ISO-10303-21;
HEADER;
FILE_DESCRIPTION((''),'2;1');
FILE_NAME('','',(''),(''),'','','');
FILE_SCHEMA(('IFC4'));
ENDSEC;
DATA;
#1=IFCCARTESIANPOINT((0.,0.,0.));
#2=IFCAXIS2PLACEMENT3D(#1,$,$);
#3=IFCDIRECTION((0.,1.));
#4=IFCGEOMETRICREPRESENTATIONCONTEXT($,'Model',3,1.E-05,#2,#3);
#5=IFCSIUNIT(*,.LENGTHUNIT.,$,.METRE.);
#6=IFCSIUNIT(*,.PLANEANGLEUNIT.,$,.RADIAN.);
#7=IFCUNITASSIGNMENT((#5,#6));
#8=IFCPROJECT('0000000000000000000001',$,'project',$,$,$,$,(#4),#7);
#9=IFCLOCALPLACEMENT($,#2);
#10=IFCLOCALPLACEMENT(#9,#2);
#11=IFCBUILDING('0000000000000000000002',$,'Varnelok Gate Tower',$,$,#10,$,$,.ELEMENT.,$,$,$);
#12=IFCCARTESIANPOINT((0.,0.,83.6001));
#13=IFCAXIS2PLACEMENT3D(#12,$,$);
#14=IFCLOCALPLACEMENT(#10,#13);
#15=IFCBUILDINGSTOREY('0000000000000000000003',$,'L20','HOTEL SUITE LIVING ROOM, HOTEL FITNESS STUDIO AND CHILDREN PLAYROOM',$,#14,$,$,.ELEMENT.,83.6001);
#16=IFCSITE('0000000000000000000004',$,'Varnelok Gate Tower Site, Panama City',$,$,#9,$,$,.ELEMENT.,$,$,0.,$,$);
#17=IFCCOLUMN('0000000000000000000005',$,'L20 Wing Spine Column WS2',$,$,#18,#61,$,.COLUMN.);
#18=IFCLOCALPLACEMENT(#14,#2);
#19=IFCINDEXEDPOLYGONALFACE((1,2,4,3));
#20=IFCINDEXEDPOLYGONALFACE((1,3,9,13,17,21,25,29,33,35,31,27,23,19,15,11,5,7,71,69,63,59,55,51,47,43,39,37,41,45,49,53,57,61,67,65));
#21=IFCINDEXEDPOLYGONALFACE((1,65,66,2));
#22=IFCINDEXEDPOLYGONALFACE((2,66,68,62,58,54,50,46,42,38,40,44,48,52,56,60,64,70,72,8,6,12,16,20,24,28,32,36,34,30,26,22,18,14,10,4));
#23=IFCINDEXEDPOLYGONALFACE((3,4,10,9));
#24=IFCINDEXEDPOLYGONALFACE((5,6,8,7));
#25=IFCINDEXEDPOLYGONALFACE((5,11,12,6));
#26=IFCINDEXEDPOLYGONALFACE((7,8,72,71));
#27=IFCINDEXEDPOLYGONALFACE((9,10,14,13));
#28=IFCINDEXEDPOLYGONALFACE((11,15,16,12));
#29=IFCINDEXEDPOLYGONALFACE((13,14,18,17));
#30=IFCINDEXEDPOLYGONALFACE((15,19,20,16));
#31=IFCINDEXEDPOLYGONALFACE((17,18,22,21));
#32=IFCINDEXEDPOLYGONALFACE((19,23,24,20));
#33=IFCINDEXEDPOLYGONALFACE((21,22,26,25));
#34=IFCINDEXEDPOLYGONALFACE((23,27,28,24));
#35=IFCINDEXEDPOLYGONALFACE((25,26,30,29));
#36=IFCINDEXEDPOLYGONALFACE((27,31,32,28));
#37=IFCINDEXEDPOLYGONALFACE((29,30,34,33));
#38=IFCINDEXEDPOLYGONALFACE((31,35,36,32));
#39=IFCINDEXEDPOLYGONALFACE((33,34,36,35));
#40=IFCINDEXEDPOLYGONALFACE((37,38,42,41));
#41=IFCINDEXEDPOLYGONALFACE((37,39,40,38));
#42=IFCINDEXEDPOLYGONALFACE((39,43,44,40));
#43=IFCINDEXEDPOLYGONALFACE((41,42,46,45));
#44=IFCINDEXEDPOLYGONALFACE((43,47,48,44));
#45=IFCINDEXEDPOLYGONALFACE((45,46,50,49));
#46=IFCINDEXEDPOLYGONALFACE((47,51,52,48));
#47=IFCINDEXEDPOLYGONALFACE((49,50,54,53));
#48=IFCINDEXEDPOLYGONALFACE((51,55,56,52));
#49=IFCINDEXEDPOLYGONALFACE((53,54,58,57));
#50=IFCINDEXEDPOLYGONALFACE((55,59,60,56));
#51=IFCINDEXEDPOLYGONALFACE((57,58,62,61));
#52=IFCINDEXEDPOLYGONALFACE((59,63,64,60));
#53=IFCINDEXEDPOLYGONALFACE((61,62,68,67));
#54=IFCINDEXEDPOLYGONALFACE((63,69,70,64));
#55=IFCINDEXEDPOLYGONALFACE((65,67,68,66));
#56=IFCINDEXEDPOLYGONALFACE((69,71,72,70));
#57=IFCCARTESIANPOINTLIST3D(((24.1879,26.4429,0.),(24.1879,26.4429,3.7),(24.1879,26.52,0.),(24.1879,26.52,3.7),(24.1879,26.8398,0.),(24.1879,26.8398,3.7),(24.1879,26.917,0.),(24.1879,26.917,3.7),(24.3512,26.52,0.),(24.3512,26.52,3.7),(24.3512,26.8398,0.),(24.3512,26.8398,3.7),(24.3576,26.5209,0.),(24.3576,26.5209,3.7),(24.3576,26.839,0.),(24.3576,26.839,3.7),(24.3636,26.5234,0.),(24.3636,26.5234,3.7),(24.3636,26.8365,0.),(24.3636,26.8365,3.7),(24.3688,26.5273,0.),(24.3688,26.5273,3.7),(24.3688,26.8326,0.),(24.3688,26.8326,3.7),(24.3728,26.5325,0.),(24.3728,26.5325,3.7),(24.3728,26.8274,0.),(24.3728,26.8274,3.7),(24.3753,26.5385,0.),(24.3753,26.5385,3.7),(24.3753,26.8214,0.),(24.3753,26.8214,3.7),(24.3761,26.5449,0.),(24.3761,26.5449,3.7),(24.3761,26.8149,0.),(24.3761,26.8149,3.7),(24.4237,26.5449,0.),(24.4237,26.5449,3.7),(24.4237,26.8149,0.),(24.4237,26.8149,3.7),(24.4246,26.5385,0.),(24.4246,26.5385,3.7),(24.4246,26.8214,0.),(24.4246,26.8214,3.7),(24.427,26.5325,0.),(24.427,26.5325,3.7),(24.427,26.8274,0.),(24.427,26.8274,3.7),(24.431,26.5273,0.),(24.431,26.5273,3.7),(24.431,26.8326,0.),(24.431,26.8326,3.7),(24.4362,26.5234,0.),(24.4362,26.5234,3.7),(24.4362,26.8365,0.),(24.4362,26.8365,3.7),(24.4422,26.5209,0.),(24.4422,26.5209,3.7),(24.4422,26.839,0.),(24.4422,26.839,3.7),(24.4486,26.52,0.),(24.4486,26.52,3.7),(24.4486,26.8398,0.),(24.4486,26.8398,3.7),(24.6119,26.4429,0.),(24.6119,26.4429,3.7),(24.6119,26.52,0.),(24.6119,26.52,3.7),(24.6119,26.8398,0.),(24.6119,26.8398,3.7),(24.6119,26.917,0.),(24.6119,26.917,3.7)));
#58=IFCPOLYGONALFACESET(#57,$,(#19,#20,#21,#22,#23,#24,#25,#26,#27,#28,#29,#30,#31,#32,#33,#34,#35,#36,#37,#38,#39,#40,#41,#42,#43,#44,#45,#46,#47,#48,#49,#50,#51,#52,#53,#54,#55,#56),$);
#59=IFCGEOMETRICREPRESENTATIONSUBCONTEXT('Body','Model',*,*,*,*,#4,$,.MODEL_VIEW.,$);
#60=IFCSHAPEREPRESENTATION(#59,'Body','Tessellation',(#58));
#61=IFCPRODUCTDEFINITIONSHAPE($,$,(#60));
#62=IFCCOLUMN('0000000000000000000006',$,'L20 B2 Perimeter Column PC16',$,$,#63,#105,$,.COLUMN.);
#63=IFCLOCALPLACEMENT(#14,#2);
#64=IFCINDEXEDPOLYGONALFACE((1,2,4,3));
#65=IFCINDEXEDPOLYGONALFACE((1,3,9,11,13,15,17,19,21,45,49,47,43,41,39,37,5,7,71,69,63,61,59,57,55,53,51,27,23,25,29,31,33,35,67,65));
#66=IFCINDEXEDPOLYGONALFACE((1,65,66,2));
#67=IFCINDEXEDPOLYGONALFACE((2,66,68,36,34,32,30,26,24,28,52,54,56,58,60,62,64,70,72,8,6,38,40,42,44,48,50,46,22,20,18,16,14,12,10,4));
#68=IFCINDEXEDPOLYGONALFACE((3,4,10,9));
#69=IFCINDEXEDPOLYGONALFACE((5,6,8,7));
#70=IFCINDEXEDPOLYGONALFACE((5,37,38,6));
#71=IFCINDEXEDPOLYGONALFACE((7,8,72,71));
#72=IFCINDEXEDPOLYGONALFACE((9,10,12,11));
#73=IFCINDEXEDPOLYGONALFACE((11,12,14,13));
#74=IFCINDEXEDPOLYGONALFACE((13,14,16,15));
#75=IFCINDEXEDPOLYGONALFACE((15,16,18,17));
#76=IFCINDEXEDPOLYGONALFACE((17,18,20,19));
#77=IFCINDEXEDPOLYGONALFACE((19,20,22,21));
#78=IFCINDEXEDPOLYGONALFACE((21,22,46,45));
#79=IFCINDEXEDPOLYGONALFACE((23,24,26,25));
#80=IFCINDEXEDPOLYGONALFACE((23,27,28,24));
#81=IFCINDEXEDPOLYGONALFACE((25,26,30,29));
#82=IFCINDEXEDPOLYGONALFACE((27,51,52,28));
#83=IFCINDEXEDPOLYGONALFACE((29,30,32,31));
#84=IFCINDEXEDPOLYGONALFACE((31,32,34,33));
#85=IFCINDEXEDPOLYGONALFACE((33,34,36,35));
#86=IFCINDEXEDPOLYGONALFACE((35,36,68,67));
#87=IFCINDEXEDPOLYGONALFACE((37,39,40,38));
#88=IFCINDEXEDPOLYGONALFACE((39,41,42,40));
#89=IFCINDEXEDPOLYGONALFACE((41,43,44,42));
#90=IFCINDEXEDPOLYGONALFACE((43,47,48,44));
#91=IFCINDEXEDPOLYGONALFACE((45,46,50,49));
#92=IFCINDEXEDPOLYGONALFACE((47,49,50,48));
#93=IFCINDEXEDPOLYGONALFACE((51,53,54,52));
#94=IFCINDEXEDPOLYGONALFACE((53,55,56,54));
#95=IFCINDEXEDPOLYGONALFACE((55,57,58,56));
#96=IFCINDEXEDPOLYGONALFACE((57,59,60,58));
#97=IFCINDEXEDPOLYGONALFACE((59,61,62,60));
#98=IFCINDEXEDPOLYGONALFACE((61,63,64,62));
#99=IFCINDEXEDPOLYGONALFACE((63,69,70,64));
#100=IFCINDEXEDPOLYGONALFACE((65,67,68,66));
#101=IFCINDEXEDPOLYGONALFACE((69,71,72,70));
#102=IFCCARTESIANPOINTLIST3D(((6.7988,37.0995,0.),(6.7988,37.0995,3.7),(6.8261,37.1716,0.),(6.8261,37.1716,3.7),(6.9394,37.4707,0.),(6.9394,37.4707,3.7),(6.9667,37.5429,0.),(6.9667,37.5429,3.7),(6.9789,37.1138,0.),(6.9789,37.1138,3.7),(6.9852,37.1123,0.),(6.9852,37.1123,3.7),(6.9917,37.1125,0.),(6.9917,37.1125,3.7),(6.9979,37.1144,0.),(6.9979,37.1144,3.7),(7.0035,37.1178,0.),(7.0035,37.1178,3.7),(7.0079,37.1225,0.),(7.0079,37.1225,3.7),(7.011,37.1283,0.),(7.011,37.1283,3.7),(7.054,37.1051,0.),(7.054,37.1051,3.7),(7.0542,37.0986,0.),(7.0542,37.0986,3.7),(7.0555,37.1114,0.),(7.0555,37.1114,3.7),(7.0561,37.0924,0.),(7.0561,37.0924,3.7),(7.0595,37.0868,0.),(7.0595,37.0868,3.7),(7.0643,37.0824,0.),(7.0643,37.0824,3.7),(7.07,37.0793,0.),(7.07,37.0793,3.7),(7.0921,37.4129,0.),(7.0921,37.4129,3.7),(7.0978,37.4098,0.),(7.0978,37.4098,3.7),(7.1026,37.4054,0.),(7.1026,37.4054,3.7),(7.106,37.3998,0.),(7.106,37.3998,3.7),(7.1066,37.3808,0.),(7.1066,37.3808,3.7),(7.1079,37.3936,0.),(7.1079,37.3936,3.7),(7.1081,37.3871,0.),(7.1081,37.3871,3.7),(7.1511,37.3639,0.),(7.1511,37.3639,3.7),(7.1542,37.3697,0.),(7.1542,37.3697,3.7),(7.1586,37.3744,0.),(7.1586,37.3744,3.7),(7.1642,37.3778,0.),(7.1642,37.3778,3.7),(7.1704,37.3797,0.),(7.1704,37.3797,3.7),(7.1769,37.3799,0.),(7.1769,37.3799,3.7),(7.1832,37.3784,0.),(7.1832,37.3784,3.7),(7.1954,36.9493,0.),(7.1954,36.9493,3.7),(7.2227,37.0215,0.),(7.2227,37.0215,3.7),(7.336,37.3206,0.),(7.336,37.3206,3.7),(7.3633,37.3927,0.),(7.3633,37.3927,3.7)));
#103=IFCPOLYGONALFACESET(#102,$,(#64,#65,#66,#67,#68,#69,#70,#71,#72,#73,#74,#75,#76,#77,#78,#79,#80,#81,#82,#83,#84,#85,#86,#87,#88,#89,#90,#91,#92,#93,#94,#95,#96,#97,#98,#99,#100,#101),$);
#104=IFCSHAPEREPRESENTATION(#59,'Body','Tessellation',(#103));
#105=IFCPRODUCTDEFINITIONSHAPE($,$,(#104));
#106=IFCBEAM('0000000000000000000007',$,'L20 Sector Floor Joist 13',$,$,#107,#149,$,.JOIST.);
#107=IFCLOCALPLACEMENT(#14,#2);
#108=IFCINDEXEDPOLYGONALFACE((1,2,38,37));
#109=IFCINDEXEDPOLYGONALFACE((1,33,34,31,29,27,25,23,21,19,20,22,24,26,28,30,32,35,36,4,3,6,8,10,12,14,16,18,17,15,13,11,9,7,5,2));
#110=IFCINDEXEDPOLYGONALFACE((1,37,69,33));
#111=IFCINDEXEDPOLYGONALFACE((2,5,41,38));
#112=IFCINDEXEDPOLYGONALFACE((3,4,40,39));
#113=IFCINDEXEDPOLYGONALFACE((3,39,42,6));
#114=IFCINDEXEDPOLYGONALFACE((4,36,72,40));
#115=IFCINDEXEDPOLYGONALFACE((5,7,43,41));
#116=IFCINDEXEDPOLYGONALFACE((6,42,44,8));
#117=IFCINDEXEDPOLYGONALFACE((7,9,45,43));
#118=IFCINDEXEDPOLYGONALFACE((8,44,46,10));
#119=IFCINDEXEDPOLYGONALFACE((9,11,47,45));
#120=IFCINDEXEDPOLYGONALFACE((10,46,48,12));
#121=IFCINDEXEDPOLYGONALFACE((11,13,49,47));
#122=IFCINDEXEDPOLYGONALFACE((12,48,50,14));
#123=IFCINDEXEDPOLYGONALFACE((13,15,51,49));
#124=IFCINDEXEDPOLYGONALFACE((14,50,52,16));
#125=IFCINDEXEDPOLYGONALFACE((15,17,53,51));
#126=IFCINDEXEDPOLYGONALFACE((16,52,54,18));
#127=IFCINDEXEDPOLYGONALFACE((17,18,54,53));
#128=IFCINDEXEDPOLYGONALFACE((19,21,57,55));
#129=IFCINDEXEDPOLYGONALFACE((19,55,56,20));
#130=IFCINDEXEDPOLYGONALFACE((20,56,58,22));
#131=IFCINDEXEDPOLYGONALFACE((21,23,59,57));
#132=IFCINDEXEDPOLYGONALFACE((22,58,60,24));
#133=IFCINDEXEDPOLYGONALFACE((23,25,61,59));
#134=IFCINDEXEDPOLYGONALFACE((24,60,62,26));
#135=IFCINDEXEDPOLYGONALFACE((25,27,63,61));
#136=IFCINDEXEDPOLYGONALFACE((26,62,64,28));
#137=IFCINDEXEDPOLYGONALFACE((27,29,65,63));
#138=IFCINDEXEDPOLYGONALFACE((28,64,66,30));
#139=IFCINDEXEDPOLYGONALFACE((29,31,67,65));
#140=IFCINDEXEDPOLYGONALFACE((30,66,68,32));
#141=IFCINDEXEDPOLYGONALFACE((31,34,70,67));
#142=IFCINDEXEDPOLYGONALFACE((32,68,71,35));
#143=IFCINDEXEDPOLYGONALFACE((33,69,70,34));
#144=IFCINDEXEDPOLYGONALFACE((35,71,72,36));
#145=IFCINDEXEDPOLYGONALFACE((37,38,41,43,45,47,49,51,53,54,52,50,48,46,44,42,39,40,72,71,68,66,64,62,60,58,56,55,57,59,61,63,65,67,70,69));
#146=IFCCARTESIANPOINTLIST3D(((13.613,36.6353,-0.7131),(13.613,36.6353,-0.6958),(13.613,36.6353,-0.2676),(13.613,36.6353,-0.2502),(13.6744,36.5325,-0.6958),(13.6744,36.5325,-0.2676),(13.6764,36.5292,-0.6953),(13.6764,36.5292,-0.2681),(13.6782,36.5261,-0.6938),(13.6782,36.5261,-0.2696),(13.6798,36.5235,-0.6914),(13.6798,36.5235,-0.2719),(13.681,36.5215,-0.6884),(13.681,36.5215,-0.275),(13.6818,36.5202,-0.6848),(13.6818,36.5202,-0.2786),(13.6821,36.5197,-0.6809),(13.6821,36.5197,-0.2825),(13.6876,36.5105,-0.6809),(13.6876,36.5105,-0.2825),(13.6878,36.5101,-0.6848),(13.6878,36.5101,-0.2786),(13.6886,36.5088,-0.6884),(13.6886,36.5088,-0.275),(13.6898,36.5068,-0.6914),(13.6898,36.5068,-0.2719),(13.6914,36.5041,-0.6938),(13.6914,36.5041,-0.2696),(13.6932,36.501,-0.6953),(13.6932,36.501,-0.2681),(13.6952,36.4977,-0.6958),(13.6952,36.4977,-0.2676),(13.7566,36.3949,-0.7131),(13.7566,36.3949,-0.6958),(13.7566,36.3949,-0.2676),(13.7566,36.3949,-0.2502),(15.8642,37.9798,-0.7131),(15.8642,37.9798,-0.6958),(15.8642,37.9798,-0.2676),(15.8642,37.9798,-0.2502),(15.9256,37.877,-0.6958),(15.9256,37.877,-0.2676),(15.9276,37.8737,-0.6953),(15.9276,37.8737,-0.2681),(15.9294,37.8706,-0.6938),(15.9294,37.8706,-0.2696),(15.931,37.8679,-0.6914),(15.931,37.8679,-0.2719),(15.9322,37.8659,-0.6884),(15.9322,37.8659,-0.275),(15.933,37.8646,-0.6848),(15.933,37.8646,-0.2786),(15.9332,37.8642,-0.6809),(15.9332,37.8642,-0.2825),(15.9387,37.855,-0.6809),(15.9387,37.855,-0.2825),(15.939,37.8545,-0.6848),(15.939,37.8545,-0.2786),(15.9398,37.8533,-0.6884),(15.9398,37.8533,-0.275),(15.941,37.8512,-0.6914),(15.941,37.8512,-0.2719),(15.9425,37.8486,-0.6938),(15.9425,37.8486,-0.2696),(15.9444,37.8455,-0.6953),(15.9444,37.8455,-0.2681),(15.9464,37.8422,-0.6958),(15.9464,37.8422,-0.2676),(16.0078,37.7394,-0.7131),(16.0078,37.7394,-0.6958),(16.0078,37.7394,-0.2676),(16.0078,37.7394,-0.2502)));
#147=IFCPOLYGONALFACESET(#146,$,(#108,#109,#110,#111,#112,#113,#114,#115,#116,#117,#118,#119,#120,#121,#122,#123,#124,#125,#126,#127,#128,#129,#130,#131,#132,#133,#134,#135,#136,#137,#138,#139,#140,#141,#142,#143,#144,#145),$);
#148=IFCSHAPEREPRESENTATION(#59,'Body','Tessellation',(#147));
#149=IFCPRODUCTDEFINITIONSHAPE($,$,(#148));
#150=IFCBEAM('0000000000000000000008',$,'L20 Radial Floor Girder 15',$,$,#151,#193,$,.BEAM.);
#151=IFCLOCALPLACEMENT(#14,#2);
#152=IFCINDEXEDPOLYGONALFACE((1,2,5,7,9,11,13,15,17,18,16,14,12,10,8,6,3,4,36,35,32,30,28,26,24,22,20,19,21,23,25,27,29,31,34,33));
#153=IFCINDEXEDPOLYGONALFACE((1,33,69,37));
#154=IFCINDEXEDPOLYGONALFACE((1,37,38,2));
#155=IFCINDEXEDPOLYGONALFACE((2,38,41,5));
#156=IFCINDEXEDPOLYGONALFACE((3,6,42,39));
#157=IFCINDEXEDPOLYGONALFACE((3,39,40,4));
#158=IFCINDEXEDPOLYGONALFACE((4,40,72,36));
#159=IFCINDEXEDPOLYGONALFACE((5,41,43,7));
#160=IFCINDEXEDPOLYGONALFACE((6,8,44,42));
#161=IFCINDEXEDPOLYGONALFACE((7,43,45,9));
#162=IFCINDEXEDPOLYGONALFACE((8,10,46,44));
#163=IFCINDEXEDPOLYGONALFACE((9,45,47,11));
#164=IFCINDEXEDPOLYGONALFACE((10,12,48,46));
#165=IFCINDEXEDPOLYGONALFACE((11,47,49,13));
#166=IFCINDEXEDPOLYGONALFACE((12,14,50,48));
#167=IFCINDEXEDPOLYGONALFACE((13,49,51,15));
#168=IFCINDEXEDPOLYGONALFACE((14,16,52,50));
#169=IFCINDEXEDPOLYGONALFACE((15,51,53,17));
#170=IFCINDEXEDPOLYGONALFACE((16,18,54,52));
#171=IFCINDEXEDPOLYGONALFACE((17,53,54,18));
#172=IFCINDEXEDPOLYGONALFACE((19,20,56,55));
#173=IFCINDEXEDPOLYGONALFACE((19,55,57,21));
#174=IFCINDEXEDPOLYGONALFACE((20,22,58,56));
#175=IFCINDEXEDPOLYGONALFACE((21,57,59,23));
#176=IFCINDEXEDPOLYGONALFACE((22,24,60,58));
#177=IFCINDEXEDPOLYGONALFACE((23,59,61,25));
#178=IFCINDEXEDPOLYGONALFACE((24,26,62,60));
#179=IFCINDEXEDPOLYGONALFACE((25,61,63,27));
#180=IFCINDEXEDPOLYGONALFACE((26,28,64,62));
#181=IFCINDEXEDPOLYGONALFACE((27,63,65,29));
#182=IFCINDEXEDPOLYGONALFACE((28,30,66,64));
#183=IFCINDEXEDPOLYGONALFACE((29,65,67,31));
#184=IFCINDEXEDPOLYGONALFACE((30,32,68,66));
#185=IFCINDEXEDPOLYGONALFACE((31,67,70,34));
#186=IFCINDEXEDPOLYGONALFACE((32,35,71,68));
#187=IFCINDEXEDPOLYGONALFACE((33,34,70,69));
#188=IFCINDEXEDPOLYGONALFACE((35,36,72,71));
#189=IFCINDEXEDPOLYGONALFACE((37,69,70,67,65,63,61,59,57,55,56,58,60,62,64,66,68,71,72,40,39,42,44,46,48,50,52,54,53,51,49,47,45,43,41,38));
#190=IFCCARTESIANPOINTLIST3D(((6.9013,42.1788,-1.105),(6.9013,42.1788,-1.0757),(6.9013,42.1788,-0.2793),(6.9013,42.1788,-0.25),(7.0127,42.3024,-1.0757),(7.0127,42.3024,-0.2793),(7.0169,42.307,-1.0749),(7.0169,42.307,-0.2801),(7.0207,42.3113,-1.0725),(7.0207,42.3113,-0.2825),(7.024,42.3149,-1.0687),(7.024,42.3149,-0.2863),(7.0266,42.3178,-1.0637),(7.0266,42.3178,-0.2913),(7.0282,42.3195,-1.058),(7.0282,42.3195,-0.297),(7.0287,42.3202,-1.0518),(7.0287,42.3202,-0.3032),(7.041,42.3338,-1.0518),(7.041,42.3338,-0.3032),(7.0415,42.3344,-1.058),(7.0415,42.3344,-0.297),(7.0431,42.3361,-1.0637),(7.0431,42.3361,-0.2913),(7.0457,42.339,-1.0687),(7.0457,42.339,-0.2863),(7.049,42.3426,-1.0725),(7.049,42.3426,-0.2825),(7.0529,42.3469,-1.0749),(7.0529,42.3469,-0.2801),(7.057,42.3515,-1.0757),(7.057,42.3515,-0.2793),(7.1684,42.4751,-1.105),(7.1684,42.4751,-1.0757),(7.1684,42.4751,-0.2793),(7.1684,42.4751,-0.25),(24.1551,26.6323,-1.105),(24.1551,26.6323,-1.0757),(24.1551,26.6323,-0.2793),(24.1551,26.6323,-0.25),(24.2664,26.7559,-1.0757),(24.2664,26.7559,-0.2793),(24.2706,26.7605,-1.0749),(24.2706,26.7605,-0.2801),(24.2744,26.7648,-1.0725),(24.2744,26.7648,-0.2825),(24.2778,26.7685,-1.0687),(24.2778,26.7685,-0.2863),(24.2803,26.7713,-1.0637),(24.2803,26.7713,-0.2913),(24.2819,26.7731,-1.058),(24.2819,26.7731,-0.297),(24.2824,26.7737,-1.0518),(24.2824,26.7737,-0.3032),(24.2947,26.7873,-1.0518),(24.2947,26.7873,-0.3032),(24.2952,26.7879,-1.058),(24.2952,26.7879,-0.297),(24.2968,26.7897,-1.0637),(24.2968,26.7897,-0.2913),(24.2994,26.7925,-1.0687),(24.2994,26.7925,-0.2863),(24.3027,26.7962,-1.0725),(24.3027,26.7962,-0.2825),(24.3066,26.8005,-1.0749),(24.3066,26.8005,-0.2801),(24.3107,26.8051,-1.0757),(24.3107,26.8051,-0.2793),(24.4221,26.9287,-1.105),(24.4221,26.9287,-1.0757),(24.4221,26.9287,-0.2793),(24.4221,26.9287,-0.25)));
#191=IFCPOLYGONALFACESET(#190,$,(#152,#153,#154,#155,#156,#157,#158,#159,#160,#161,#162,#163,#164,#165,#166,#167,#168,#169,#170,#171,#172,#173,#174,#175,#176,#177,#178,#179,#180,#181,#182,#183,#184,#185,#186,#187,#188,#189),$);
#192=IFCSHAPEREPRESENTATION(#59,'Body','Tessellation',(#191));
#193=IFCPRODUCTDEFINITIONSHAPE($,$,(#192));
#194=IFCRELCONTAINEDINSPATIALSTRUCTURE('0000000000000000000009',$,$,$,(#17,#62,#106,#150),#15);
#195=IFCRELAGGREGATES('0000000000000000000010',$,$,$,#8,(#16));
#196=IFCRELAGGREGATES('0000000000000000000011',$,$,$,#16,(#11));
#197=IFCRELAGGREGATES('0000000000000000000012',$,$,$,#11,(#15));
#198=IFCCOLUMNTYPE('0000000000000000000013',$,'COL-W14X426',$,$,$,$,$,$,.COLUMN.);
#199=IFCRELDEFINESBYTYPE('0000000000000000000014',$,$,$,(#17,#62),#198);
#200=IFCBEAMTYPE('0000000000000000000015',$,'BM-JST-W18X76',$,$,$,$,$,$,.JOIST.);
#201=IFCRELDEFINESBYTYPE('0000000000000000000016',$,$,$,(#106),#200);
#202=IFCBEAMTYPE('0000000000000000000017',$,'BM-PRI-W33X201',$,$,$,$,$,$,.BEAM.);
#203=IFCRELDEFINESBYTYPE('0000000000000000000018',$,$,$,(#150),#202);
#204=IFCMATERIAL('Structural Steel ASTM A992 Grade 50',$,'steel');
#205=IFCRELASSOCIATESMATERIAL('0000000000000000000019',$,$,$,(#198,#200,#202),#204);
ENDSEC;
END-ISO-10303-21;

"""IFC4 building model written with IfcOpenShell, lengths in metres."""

from ifc_helpers import new_model, si_unit, direction, frame, origin, origin_2d, place, context, subcontext, project, spatial, i_section, extrude, material, material_profile, profile_set, type_object, element, save


model = new_model("IFC4")

# Units and contexts
model_context = context("Model", 3, precision=1e-05, world=origin(), true_north=direction((0.0, 1.0)))
body_context = subcontext(model_context, "Body", "Model", "MODEL_VIEW")
ifc_project = project(units=[si_unit("LENGTHUNIT", "METRE"), si_unit("PLANEANGLEUNIT", "RADIAN")], contexts=[model_context])

# Site, building, storey
site_placement = place(None, origin())
site = spatial("IfcSite", under=ifc_project, at=site_placement, Name="Varnelok Gate Tower Site, Panama City", CompositionType="ELEMENT", RefElevation=0.0)
building_placement = place(site_placement, origin())
building = spatial("IfcBuilding", under=site, at=building_placement, Name="Varnelok Gate Tower", CompositionType="ELEMENT")
storey_placement = place(building_placement, frame((0.0, 0.0, 83.6001)))
storey = spatial("IfcBuildingStorey", under=building, at=storey_placement, Name="L20", Description="HOTEL SUITE LIVING ROOM, HOTEL FITNESS STUDIO AND CHILDREN PLAYROOM", CompositionType="ELEMENT", Elevation=83.6001)

# Columns
ifc_material_1 = material(Name="Structural Steel ASTM A992 Grade 50", Category="steel")
ifc_material_profile_1 = material_profile(ifc_material_1, i_section(OverallWidth=0.4241, OverallDepth=0.4741, WebThickness=0.0476, FlangeThickness=0.0771, FilletRadius=0.0249, at=origin_2d()), Name="W14X426")
ifc_profile_set_1 = profile_set([ifc_material_profile_1], Name="Structural Steel ASTM A992 Grade 50")
column_type = type_object("IfcColumnType", Name="COL-W14X426", PredefinedType="COLUMN", material=ifc_profile_set_1)
for number, where, z_axis, x_axis, name in (
    (1, (24.3999, 26.6799, 0.0), (0.0, 0.0, 1.0), (1.0, 0.0, 0.0), "L20 Wing Spine Column WS2"),
    (2, (7.0811, 37.2461, 0.0), (0.0, 0.0, 1.0), (0.935222, -0.354063, 0.0), "L20 B2 Perimeter Column PC16"),
):
    element("IfcColumn", number, at=place(storey_placement, frame(where, z_axis=z_axis, x_axis=x_axis)), inside=storey, type_object=column_type, Name=name, PredefinedType="COLUMN", context=body_context, shape_type="SweptSolid", body=[
        extrude(i_section(OverallWidth=0.4241, OverallDepth=0.4741, WebThickness=0.0476, FlangeThickness=0.0771, FilletRadius=0.0249, at=origin_2d()), origin(), (0.0, 0.0, 1.0), 3.7),
    ])

# Beams
ifc_material_profile_2 = material_profile(ifc_material_1, i_section(OverallWidth=0.28, OverallDepth=0.4629, WebThickness=0.0107, FlangeThickness=0.0173, FilletRadius=0.0149, at=origin_2d()), Name="W18X76")
ifc_profile_set_2 = profile_set([ifc_material_profile_2], Name="Structural Steel ASTM A992 Grade 50")
beam_type_1 = type_object("IfcBeamType", Name="BM-JST-W18X76", PredefinedType="JOIST", material=ifc_profile_set_2)
beam_1_placement = place(storey_placement, frame((13.6848, 36.5151, -0.4817), z_axis=(0.858543, 0.512742, 0.0), x_axis=(-0.512742, 0.858543, 0.0)))
element("IfcBeam", 3, at=beam_1_placement, inside=storey, type_object=beam_type_1, Name="L20 Sector Floor Joist 13", PredefinedType="JOIST", context=body_context, shape_type="SweptSolid", body=[
    extrude(i_section(OverallWidth=0.28, OverallDepth=0.4629, WebThickness=0.0107, FlangeThickness=0.0173, FilletRadius=0.0149, at=origin_2d()), origin(), (0.0, 0.0, 1.0), 2.6221),
])
ifc_material_profile_3 = material_profile(ifc_material_1, i_section(OverallWidth=0.3989, OverallDepth=0.855, WebThickness=0.0183, FlangeThickness=0.0293, FilletRadius=0.0239, at=origin_2d()), Name="W33X201")
ifc_profile_set_3 = profile_set([ifc_material_profile_3], Name="Structural Steel ASTM A992 Grade 50")
beam_type_2 = type_object("IfcBeamType", Name="BM-PRI-W33X201", PredefinedType="BEAM", material=ifc_profile_set_3)
beam_2_placement = place(storey_placement, frame((24.2886, 26.7805, -0.6775), z_axis=(-0.742907, 0.669395, 0.0), x_axis=(-0.669395, -0.742907, 0.0)))
element("IfcBeam", 4, at=beam_2_placement, inside=storey, type_object=beam_type_2, Name="L20 Radial Floor Girder 15", PredefinedType="BEAM", context=body_context, shape_type="SweptSolid", body=[
    extrude(i_section(OverallWidth=0.3989, OverallDepth=0.855, WebThickness=0.0183, FlangeThickness=0.0293, FilletRadius=0.0239, at=origin_2d()), origin(), (0.0, 0.0, 1.0), 23.2246),
])

save(model, "model.ifc")
